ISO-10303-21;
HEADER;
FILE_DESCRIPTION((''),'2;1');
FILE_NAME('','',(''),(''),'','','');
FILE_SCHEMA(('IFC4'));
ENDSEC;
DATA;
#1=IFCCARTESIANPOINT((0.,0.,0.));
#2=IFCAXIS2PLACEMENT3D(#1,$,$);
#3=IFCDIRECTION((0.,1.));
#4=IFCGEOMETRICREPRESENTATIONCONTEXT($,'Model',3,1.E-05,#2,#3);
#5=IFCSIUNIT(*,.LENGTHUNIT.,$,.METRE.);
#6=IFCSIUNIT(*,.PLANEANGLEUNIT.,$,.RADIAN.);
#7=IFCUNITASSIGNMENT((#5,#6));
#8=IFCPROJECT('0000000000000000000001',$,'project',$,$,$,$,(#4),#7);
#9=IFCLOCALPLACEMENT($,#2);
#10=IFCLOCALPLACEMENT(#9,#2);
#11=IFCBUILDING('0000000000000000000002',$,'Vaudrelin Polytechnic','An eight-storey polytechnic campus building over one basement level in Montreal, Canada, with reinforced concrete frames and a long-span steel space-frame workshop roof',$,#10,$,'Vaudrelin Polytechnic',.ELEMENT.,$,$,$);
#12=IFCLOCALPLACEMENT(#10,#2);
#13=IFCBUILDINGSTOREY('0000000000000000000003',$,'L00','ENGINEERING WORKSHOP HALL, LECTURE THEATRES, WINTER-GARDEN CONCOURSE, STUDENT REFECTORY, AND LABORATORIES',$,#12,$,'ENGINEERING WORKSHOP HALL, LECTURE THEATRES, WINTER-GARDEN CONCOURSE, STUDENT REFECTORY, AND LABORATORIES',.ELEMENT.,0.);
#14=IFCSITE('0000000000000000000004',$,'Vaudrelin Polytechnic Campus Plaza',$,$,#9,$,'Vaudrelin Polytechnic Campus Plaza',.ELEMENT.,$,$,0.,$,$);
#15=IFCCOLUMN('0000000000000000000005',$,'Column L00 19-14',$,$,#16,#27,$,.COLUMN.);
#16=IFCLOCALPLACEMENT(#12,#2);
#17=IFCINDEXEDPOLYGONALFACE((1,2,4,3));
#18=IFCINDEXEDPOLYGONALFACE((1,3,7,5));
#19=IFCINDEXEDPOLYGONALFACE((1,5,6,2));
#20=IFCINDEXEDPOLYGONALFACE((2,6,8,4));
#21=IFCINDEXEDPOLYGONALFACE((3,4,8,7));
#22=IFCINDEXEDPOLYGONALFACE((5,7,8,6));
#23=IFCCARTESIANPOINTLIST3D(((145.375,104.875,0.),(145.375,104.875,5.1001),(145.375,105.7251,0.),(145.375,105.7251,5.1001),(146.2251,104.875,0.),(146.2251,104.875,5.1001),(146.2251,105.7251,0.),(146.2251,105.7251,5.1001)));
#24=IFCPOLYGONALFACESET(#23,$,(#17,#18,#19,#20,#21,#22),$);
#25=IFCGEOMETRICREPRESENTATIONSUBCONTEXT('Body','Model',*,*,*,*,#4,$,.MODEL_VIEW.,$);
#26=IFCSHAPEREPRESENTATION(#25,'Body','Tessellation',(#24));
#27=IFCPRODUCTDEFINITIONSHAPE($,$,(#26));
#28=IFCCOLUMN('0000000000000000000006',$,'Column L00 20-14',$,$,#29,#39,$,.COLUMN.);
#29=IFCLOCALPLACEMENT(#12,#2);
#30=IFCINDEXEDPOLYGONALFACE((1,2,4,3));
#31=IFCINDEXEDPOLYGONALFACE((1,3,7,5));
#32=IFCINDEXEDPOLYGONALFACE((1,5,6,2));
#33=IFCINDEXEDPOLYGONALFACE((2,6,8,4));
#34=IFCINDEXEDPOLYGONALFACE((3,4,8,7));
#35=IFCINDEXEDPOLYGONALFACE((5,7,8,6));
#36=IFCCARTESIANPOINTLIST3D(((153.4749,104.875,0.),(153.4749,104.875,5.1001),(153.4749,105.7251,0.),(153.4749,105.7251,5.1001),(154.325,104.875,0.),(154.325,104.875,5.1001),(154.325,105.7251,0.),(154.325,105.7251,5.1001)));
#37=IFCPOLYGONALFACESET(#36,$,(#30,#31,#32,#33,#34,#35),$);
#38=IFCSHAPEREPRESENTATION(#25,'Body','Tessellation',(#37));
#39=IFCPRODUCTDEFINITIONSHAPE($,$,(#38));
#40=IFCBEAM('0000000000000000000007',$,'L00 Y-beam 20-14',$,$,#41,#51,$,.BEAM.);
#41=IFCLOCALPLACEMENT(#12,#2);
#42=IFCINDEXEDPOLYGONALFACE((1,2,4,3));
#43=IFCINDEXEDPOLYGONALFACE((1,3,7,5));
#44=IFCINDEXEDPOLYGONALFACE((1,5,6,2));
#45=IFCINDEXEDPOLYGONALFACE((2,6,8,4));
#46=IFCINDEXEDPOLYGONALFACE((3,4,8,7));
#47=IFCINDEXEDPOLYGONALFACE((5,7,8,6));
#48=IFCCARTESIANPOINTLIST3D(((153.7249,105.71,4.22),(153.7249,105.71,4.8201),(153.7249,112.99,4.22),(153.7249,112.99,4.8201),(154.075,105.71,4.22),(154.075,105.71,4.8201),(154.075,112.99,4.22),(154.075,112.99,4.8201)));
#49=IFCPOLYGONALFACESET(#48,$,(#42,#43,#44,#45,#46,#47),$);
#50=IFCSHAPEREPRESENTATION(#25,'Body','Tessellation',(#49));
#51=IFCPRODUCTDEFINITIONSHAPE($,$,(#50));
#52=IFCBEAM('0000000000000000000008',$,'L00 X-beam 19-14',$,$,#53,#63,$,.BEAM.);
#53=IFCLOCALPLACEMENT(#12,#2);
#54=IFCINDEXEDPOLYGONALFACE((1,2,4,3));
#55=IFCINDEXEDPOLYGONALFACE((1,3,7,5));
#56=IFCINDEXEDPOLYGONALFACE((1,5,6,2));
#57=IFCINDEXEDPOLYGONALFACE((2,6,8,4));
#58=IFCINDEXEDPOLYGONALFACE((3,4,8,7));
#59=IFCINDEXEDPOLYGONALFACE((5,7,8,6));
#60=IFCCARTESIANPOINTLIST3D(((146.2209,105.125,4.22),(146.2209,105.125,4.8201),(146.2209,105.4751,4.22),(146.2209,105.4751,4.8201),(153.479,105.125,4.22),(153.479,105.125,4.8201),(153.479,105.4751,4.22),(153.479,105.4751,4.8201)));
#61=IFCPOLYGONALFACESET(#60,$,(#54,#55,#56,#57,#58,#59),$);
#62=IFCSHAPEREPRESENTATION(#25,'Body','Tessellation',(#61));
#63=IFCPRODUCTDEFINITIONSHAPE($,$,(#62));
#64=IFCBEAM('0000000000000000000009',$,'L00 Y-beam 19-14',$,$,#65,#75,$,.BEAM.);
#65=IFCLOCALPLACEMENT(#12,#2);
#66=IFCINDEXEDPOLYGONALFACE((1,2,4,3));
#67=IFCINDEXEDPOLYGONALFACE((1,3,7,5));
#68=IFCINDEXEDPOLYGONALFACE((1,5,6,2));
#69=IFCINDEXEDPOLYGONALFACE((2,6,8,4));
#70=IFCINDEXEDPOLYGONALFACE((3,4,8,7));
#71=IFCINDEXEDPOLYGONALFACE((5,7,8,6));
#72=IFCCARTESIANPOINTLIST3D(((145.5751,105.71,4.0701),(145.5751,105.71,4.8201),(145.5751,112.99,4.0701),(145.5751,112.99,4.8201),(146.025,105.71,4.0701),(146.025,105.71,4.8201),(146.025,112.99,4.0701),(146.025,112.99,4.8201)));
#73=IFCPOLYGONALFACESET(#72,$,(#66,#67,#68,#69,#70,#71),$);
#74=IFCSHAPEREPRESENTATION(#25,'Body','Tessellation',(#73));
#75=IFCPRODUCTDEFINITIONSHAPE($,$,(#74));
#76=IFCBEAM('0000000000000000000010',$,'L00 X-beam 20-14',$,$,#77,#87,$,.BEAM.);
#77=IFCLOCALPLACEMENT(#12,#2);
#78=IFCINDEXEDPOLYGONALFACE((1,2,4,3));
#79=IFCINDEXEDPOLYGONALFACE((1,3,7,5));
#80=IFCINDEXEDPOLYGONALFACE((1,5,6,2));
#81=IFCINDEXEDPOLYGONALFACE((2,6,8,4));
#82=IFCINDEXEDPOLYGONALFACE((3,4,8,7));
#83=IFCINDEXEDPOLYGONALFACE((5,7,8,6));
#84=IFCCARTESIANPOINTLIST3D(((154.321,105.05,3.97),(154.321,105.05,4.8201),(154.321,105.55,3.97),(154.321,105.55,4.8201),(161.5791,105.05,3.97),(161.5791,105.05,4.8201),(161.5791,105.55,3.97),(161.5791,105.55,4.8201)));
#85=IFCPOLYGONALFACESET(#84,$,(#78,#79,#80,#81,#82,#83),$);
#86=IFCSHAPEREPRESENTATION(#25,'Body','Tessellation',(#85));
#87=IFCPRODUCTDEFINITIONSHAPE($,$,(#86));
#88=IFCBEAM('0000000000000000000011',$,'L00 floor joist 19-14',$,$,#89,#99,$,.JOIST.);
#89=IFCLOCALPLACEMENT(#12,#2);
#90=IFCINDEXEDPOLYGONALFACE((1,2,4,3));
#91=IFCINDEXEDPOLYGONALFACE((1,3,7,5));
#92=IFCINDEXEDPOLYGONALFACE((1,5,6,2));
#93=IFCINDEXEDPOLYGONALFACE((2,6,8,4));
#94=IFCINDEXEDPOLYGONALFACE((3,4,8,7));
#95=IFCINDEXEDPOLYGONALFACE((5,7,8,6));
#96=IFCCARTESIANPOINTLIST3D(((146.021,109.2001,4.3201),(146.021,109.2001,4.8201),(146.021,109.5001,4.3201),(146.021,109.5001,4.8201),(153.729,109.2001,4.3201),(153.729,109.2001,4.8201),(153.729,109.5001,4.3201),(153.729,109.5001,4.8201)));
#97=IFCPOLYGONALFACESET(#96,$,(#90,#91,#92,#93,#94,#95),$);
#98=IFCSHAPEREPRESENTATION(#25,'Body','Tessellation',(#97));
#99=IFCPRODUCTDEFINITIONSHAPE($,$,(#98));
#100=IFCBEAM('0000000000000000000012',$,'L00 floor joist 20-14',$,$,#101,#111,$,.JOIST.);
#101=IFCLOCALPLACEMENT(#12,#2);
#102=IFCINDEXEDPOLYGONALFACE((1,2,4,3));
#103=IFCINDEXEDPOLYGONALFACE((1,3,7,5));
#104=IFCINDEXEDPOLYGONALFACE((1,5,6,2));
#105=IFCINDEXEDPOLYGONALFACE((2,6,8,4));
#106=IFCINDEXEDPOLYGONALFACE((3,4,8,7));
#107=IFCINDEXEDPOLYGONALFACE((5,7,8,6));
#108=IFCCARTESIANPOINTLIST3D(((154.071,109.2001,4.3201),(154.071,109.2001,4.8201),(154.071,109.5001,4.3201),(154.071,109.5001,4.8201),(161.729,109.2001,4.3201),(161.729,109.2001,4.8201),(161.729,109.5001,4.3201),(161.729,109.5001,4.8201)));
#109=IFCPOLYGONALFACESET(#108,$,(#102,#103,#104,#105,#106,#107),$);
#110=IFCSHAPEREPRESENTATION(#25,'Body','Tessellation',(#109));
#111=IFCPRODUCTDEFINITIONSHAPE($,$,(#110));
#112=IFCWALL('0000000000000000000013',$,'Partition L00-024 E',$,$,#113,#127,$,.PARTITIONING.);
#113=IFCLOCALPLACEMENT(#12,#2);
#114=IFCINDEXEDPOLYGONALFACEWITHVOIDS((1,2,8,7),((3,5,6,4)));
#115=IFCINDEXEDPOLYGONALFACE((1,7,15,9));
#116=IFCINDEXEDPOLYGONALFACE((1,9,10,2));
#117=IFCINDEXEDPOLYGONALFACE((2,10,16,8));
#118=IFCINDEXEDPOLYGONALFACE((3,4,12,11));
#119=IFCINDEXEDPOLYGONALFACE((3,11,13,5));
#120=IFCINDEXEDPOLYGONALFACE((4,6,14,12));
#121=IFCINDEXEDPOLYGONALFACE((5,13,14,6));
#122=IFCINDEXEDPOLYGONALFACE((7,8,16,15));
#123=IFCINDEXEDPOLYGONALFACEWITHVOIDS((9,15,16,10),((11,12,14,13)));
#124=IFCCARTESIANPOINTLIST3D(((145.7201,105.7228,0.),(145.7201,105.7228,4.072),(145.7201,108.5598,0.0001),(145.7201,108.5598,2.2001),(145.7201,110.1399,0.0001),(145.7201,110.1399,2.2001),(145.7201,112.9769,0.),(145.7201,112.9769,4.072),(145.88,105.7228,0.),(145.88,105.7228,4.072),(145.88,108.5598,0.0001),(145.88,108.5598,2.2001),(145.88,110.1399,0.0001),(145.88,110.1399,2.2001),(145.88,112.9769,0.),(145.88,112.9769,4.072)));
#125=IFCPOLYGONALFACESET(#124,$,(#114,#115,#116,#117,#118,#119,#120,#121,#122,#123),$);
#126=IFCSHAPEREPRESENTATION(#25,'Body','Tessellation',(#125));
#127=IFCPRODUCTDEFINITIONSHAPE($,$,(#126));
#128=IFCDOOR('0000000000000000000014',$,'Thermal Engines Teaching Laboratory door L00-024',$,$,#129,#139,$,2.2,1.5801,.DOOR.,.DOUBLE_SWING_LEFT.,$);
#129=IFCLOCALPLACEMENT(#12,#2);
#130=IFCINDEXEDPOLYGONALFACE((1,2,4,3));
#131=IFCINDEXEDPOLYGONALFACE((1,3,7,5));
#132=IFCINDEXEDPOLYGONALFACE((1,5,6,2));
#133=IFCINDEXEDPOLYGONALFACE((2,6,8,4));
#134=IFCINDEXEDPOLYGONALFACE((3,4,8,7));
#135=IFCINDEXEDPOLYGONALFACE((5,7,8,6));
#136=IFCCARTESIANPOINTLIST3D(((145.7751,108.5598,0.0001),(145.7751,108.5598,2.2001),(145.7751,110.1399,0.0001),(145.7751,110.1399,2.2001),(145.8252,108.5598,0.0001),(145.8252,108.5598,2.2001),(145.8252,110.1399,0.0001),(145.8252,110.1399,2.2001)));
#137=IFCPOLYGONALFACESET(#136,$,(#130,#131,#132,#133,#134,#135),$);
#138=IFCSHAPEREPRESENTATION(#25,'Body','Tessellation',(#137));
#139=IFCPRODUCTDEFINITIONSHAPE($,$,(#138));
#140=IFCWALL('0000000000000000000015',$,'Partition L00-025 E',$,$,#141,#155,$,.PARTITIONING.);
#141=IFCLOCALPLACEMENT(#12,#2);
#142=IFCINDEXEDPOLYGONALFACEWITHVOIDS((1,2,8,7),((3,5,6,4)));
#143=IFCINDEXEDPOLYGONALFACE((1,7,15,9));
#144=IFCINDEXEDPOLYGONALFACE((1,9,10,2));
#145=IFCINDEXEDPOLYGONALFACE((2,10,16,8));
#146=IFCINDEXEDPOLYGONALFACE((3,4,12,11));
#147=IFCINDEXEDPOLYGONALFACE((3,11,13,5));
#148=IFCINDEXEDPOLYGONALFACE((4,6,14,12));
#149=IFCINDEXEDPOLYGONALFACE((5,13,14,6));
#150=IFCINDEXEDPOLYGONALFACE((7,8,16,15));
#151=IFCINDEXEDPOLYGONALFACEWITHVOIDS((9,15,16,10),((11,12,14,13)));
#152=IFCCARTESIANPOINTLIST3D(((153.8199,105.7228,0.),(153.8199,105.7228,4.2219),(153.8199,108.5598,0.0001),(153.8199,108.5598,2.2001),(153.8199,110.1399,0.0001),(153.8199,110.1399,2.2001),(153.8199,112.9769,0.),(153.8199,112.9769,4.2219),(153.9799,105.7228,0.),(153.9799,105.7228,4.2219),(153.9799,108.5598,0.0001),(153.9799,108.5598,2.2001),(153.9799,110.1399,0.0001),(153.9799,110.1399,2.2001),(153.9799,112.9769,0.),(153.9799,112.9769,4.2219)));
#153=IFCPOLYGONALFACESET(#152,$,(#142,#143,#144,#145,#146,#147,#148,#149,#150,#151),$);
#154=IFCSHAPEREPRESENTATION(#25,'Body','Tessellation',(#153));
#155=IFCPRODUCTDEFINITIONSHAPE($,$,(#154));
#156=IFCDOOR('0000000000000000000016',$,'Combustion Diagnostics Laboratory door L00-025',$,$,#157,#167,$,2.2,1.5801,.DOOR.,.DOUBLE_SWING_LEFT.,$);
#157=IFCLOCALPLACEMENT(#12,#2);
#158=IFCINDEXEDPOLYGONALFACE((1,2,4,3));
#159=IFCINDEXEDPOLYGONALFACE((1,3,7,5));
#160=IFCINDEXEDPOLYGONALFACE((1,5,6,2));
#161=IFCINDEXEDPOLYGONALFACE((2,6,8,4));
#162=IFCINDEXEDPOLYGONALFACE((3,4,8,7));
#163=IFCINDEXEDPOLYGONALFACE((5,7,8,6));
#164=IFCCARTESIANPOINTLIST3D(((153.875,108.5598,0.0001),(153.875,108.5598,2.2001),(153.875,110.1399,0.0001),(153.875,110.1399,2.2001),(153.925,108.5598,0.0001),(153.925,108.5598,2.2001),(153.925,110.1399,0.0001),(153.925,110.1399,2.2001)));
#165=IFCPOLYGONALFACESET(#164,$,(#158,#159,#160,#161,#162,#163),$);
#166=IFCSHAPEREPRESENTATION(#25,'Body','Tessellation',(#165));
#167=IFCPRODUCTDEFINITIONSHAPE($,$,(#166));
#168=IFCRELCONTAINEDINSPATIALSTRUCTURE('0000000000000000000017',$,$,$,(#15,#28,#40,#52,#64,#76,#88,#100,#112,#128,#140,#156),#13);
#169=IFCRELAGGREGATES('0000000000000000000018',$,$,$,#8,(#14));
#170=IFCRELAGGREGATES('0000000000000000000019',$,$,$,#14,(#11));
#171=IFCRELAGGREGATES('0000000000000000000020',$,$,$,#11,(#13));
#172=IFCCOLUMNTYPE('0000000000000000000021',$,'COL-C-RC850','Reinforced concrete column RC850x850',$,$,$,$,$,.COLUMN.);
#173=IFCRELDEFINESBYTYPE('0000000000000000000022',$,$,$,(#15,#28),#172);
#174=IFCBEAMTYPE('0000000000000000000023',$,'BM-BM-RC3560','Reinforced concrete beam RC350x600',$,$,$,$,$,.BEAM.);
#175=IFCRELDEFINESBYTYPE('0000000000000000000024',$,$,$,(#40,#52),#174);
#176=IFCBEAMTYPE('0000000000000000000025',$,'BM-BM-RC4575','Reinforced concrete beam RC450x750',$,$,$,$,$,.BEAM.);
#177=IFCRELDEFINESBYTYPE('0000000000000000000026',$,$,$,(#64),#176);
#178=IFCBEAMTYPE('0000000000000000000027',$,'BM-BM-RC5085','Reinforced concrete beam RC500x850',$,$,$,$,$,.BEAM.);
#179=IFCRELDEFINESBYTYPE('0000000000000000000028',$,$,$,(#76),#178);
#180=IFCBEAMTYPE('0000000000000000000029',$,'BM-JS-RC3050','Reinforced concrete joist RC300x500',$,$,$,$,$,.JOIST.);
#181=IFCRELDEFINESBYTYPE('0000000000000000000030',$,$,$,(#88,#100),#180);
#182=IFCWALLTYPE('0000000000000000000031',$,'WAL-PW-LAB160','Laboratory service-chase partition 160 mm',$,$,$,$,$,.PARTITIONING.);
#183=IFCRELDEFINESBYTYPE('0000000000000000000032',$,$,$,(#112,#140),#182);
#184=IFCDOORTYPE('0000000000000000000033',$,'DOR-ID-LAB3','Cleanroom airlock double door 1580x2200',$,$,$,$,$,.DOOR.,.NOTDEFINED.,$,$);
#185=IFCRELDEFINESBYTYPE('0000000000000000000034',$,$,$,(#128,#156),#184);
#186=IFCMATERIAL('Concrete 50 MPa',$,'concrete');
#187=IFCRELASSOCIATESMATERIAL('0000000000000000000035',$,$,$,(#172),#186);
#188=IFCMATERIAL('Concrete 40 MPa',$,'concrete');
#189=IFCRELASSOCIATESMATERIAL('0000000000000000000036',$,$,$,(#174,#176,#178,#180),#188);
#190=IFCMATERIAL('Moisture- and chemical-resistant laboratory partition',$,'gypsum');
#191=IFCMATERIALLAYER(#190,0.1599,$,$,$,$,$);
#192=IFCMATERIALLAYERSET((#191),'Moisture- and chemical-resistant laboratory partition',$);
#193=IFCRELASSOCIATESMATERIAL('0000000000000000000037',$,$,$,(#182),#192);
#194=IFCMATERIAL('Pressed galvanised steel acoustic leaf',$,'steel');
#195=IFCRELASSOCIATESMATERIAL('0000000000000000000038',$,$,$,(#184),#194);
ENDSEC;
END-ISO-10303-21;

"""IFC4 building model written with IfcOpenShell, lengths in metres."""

from ifc_helpers import new_model, si_unit, direction, frame, frame_2d, origin, origin_2d, place, context, subcontext, project, spatial, rectangle, extrude, material, layer, layer_set, material_profile, profile_set, type_object, element, fill, save


model = new_model("IFC4")

# Units and contexts
model_context = context("Model", 3, precision=1e-05, world=origin(), true_north=direction((0.0, 1.0)))
body_context = subcontext(model_context, "Body", "Model", "MODEL_VIEW")
ifc_project = project(units=[si_unit("LENGTHUNIT", "METRE"), si_unit("PLANEANGLEUNIT", "RADIAN")], contexts=[model_context])

# Site, building, storey
site_placement = place(None, origin())
site = spatial("IfcSite", under=ifc_project, at=site_placement, Name="Vaudrelin Polytechnic Campus Plaza", LongName="Vaudrelin Polytechnic Campus Plaza", CompositionType="ELEMENT", RefElevation=0.0)
building_placement = place(site_placement, origin())
building = spatial("IfcBuilding", under=site, at=building_placement, Name="Vaudrelin Polytechnic", Description="An eight-storey polytechnic campus building over one basement level in Montreal, Canada, with reinforced concrete frames and a long-span steel space-frame workshop roof", LongName="Vaudrelin Polytechnic", CompositionType="ELEMENT")
storey_placement = place(building_placement, origin())
storey = spatial("IfcBuildingStorey", under=building, at=storey_placement, Name="L00", Description="ENGINEERING WORKSHOP HALL, LECTURE THEATRES, WINTER-GARDEN CONCOURSE, STUDENT REFECTORY, AND LABORATORIES", LongName="ENGINEERING WORKSHOP HALL, LECTURE THEATRES, WINTER-GARDEN CONCOURSE, STUDENT REFECTORY, AND LABORATORIES", CompositionType="ELEMENT", Elevation=0.0)

# Columns
ifc_material_1 = material(Name="Concrete 50 MPa", Category="concrete")
ifc_material_profile_1 = material_profile(ifc_material_1, rectangle(XDim=0.8501, YDim=0.8501, at=origin_2d()), Name="RC850x850")
ifc_profile_set_1 = profile_set([ifc_material_profile_1], Name="Concrete 50 MPa")
column_type = type_object("IfcColumnType", Name="COL-C-RC850", Description="Reinforced concrete column RC850x850", PredefinedType="COLUMN", material=ifc_profile_set_1)
for number, where, z_axis, x_axis, name in (
    (1, (145.8, 105.3, 0.0), (0.0, 0.0, 1.0), (1.0, 0.0, 0.0), "Column L00 19-14"),
    (2, (153.8999, 105.3, 0.0), (0.0, 0.0, 1.0), (1.0, 0.0, 0.0), "Column L00 20-14"),
):
    element("IfcColumn", number, at=place(storey_placement, frame(where, z_axis=z_axis, x_axis=x_axis)), inside=storey, type_object=column_type, Name=name, PredefinedType="COLUMN", context=body_context, shape_type="SweptSolid", body=[
        extrude(rectangle(XDim=0.8501, YDim=0.8501, at=origin_2d()), origin(), (0.0, 0.0, 1.0), 5.1001),
    ])

# Beams
ifc_material_2 = material(Name="Concrete 40 MPa", Category="concrete")
ifc_material_profile_2 = material_profile(ifc_material_2, rectangle(XDim=0.3501, YDim=0.6001, at=origin_2d()), Name="RC350x600")
ifc_profile_set_2 = profile_set([ifc_material_profile_2], Name="Concrete 40 MPa")
beam_type_1 = type_object("IfcBeamType", Name="BM-BM-RC3560", Description="Reinforced concrete beam RC350x600", PredefinedType="BEAM", material=ifc_profile_set_2)
beam_1_placement = place(storey_placement, frame((153.8999, 105.71, 4.52), z_axis=(0.0, 1.0, 0.0), x_axis=(-1.0, 0.0, 0.0)))
element("IfcBeam", 3, at=beam_1_placement, inside=storey, type_object=beam_type_1, Name="L00 Y-beam 20-14", PredefinedType="BEAM", context=body_context, shape_type="SweptSolid", body=[
    extrude(rectangle(XDim=0.3501, YDim=0.6001, at=origin_2d()), origin(), (0.0, 0.0, 1.0), 7.28),
])
beam_2_placement = place(storey_placement, frame((146.2209, 105.3, 4.52), z_axis=(1.0, 0.0, 0.0), x_axis=(0.0, 1.0, 0.0)))
element("IfcBeam", 4, at=beam_2_placement, inside=storey, type_object=beam_type_1, Name="L00 X-beam 19-14", PredefinedType="BEAM", context=body_context, shape_type="SweptSolid", body=[
    extrude(rectangle(XDim=0.3501, YDim=0.6001, at=origin_2d()), origin(), (0.0, 0.0, 1.0), 7.2581),
])
ifc_material_profile_3 = material_profile(ifc_material_2, rectangle(XDim=0.45, YDim=0.75, at=origin_2d()), Name="RC450x750")
ifc_profile_set_3 = profile_set([ifc_material_profile_3], Name="Concrete 40 MPa")
beam_type_2 = type_object("IfcBeamType", Name="BM-BM-RC4575", Description="Reinforced concrete beam RC450x750", PredefinedType="BEAM", material=ifc_profile_set_3)
beam_3_placement = place(storey_placement, frame((145.8, 105.71, 4.4451), z_axis=(0.0, 1.0, 0.0), x_axis=(-1.0, 0.0, 0.0)))
element("IfcBeam", 5, at=beam_3_placement, inside=storey, type_object=beam_type_2, Name="L00 Y-beam 19-14", PredefinedType="BEAM", context=body_context, shape_type="SweptSolid", body=[
    extrude(rectangle(XDim=0.45, YDim=0.75, at=origin_2d()), origin(), (0.0, 0.0, 1.0), 7.28),
])
ifc_material_profile_4 = material_profile(ifc_material_2, rectangle(XDim=0.5, YDim=0.8501, at=origin_2d()), Name="RC500x850")
ifc_profile_set_4 = profile_set([ifc_material_profile_4], Name="Concrete 40 MPa")
beam_type_3 = type_object("IfcBeamType", Name="BM-BM-RC5085", Description="Reinforced concrete beam RC500x850", PredefinedType="BEAM", material=ifc_profile_set_4)
beam_4_placement = place(storey_placement, frame((154.321, 105.3, 4.395), z_axis=(1.0, 0.0, 0.0), x_axis=(0.0, 1.0, 0.0)))
element("IfcBeam", 6, at=beam_4_placement, inside=storey, type_object=beam_type_3, Name="L00 X-beam 20-14", PredefinedType="BEAM", context=body_context, shape_type="SweptSolid", body=[
    extrude(rectangle(XDim=0.5, YDim=0.8501, at=origin_2d()), origin(), (0.0, 0.0, 1.0), 7.2581),
])
ifc_material_profile_5 = material_profile(ifc_material_2, rectangle(XDim=0.3, YDim=0.5, at=origin_2d()), Name="RC300x500")
ifc_profile_set_5 = profile_set([ifc_material_profile_5], Name="Concrete 40 MPa")
beam_type_4 = type_object("IfcBeamType", Name="BM-JS-RC3050", Description="Reinforced concrete joist RC300x500", PredefinedType="JOIST", material=ifc_profile_set_5)
beam_5_placement = place(storey_placement, frame((146.021, 109.3501, 4.5701), z_axis=(1.0, 0.0, 0.0), x_axis=(0.0, 1.0, 0.0)))
element("IfcBeam", 7, at=beam_5_placement, inside=storey, type_object=beam_type_4, Name="L00 floor joist 19-14", PredefinedType="JOIST", context=body_context, shape_type="SweptSolid", body=[
    extrude(rectangle(XDim=0.3, YDim=0.5, at=origin_2d()), origin(), (0.0, 0.0, 1.0), 7.708),
])
beam_6_placement = place(storey_placement, frame((154.071, 109.3501, 4.5701), z_axis=(1.0, 0.0, 0.0), x_axis=(0.0, 1.0, 0.0)))
element("IfcBeam", 8, at=beam_6_placement, inside=storey, type_object=beam_type_4, Name="L00 floor joist 20-14", PredefinedType="JOIST", context=body_context, shape_type="SweptSolid", body=[
    extrude(rectangle(XDim=0.3, YDim=0.5, at=origin_2d()), origin(), (0.0, 0.0, 1.0), 7.658),
])

# Walls, openings, doors
ifc_material_3 = material(Name="Moisture- and chemical-resistant laboratory partition", Category="gypsum")
ifc_layer_1 = layer(ifc_material_3, 0.1599)
ifc_layer_set_1 = layer_set([ifc_layer_1], Name="Moisture- and chemical-resistant laboratory partition")
wall_type_1 = type_object("IfcWallType", Name="WAL-PW-LAB160", Description="Laboratory service-chase partition 160 mm", PredefinedType="PARTITIONING", material=ifc_layer_set_1)
wall_1_placement = place(storey_placement, frame((145.8, 105.7229, 0.0), z_axis=(0.0, 0.0, 1.0), x_axis=(0.0, 1.0, 0.0)))
wall_1 = element("IfcWall", 9, at=wall_1_placement, inside=storey, type_object=wall_type_1, Name="Partition L00-024 E", PredefinedType="PARTITIONING", context=body_context, shape_type="SweptSolid", body=[
    extrude(rectangle(XDim=7.2542, YDim=0.1599, at=frame_2d((3.627, 0.0))), origin(), (0.0, 0.0, 1.0), 4.072),
])
opening_1_placement = place(wall_1_placement, frame((2.8369, 0.0, 0.0)))
opening_1 = element("IfcOpeningElement", 10, at=opening_1_placement, cuts=wall_1, PredefinedType="OPENING", context=body_context, shape_type="SweptSolid", body=[
    extrude(rectangle(XDim=1.5801, YDim=2.2, at=frame_2d((0.79, 1.1001))), frame((0.0, 0.0898, 0.0), z_axis=(0.0, -1.0, 0.0), x_axis=(1.0, 0.0, 0.0)), (0.0, 0.0, 1.0), 0.1799),
])
ifc_material_4 = material(Name="Pressed galvanised steel acoustic leaf", Category="steel")
door_type = type_object("IfcDoorType", Name="DOR-ID-LAB3", Description="Cleanroom airlock double door 1580x2200", OperationType="NOTDEFINED", PredefinedType="DOOR", material=ifc_material_4)
door_1_placement = place(opening_1_placement, origin())
door_1 = element("IfcDoor", 11, at=door_1_placement, inside=storey, type_object=door_type, Name="Thermal Engines Teaching Laboratory door L00-024", OperationType="DOUBLE_SWING_LEFT", OverallHeight=2.2, OverallWidth=1.5801, PredefinedType="DOOR", context=body_context, shape_type="SweptSolid", body=[
    extrude(rectangle(XDim=1.5801, YDim=2.2, at=frame_2d((0.79, 1.1001))), frame((0.0, 0.0249, 0.0), z_axis=(0.0, -1.0, 0.0), x_axis=(1.0, 0.0, 0.0)), (0.0, 0.0, 1.0), 0.05),
])
fill(opening_1, door_1)
wall_2_placement = place(storey_placement, frame((153.8999, 105.7229, 0.0), z_axis=(0.0, 0.0, 1.0), x_axis=(0.0, 1.0, 0.0)))
wall_2 = element("IfcWall", 12, at=wall_2_placement, inside=storey, type_object=wall_type_1, Name="Partition L00-025 E", PredefinedType="PARTITIONING", context=body_context, shape_type="SweptSolid", body=[
    extrude(rectangle(XDim=7.2542, YDim=0.1599, at=frame_2d((3.627, 0.0))), origin(), (0.0, 0.0, 1.0), 4.2219),
])
opening_2_placement = place(wall_2_placement, frame((2.8369, 0.0, 0.0)))
opening_2 = element("IfcOpeningElement", 13, at=opening_2_placement, cuts=wall_2, PredefinedType="OPENING", context=body_context, shape_type="SweptSolid", body=[
    extrude(rectangle(XDim=1.5801, YDim=2.2, at=frame_2d((0.79, 1.1001))), frame((0.0, 0.0898, 0.0), z_axis=(0.0, -1.0, 0.0), x_axis=(1.0, 0.0, 0.0)), (0.0, 0.0, 1.0), 0.1799),
])
door_2_placement = place(opening_2_placement, origin())
door_2 = element("IfcDoor", 14, at=door_2_placement, inside=storey, type_object=door_type, Name="Combustion Diagnostics Laboratory door L00-025", OperationType="DOUBLE_SWING_LEFT", OverallHeight=2.2, OverallWidth=1.5801, PredefinedType="DOOR", context=body_context, shape_type="SweptSolid", body=[
    extrude(rectangle(XDim=1.5801, YDim=2.2, at=frame_2d((0.79, 1.1001))), frame((0.0, 0.0249, 0.0), z_axis=(0.0, -1.0, 0.0), x_axis=(1.0, 0.0, 0.0)), (0.0, 0.0, 1.0), 0.05),
])
fill(opening_2, door_2)

save(model, "model.ifc")
